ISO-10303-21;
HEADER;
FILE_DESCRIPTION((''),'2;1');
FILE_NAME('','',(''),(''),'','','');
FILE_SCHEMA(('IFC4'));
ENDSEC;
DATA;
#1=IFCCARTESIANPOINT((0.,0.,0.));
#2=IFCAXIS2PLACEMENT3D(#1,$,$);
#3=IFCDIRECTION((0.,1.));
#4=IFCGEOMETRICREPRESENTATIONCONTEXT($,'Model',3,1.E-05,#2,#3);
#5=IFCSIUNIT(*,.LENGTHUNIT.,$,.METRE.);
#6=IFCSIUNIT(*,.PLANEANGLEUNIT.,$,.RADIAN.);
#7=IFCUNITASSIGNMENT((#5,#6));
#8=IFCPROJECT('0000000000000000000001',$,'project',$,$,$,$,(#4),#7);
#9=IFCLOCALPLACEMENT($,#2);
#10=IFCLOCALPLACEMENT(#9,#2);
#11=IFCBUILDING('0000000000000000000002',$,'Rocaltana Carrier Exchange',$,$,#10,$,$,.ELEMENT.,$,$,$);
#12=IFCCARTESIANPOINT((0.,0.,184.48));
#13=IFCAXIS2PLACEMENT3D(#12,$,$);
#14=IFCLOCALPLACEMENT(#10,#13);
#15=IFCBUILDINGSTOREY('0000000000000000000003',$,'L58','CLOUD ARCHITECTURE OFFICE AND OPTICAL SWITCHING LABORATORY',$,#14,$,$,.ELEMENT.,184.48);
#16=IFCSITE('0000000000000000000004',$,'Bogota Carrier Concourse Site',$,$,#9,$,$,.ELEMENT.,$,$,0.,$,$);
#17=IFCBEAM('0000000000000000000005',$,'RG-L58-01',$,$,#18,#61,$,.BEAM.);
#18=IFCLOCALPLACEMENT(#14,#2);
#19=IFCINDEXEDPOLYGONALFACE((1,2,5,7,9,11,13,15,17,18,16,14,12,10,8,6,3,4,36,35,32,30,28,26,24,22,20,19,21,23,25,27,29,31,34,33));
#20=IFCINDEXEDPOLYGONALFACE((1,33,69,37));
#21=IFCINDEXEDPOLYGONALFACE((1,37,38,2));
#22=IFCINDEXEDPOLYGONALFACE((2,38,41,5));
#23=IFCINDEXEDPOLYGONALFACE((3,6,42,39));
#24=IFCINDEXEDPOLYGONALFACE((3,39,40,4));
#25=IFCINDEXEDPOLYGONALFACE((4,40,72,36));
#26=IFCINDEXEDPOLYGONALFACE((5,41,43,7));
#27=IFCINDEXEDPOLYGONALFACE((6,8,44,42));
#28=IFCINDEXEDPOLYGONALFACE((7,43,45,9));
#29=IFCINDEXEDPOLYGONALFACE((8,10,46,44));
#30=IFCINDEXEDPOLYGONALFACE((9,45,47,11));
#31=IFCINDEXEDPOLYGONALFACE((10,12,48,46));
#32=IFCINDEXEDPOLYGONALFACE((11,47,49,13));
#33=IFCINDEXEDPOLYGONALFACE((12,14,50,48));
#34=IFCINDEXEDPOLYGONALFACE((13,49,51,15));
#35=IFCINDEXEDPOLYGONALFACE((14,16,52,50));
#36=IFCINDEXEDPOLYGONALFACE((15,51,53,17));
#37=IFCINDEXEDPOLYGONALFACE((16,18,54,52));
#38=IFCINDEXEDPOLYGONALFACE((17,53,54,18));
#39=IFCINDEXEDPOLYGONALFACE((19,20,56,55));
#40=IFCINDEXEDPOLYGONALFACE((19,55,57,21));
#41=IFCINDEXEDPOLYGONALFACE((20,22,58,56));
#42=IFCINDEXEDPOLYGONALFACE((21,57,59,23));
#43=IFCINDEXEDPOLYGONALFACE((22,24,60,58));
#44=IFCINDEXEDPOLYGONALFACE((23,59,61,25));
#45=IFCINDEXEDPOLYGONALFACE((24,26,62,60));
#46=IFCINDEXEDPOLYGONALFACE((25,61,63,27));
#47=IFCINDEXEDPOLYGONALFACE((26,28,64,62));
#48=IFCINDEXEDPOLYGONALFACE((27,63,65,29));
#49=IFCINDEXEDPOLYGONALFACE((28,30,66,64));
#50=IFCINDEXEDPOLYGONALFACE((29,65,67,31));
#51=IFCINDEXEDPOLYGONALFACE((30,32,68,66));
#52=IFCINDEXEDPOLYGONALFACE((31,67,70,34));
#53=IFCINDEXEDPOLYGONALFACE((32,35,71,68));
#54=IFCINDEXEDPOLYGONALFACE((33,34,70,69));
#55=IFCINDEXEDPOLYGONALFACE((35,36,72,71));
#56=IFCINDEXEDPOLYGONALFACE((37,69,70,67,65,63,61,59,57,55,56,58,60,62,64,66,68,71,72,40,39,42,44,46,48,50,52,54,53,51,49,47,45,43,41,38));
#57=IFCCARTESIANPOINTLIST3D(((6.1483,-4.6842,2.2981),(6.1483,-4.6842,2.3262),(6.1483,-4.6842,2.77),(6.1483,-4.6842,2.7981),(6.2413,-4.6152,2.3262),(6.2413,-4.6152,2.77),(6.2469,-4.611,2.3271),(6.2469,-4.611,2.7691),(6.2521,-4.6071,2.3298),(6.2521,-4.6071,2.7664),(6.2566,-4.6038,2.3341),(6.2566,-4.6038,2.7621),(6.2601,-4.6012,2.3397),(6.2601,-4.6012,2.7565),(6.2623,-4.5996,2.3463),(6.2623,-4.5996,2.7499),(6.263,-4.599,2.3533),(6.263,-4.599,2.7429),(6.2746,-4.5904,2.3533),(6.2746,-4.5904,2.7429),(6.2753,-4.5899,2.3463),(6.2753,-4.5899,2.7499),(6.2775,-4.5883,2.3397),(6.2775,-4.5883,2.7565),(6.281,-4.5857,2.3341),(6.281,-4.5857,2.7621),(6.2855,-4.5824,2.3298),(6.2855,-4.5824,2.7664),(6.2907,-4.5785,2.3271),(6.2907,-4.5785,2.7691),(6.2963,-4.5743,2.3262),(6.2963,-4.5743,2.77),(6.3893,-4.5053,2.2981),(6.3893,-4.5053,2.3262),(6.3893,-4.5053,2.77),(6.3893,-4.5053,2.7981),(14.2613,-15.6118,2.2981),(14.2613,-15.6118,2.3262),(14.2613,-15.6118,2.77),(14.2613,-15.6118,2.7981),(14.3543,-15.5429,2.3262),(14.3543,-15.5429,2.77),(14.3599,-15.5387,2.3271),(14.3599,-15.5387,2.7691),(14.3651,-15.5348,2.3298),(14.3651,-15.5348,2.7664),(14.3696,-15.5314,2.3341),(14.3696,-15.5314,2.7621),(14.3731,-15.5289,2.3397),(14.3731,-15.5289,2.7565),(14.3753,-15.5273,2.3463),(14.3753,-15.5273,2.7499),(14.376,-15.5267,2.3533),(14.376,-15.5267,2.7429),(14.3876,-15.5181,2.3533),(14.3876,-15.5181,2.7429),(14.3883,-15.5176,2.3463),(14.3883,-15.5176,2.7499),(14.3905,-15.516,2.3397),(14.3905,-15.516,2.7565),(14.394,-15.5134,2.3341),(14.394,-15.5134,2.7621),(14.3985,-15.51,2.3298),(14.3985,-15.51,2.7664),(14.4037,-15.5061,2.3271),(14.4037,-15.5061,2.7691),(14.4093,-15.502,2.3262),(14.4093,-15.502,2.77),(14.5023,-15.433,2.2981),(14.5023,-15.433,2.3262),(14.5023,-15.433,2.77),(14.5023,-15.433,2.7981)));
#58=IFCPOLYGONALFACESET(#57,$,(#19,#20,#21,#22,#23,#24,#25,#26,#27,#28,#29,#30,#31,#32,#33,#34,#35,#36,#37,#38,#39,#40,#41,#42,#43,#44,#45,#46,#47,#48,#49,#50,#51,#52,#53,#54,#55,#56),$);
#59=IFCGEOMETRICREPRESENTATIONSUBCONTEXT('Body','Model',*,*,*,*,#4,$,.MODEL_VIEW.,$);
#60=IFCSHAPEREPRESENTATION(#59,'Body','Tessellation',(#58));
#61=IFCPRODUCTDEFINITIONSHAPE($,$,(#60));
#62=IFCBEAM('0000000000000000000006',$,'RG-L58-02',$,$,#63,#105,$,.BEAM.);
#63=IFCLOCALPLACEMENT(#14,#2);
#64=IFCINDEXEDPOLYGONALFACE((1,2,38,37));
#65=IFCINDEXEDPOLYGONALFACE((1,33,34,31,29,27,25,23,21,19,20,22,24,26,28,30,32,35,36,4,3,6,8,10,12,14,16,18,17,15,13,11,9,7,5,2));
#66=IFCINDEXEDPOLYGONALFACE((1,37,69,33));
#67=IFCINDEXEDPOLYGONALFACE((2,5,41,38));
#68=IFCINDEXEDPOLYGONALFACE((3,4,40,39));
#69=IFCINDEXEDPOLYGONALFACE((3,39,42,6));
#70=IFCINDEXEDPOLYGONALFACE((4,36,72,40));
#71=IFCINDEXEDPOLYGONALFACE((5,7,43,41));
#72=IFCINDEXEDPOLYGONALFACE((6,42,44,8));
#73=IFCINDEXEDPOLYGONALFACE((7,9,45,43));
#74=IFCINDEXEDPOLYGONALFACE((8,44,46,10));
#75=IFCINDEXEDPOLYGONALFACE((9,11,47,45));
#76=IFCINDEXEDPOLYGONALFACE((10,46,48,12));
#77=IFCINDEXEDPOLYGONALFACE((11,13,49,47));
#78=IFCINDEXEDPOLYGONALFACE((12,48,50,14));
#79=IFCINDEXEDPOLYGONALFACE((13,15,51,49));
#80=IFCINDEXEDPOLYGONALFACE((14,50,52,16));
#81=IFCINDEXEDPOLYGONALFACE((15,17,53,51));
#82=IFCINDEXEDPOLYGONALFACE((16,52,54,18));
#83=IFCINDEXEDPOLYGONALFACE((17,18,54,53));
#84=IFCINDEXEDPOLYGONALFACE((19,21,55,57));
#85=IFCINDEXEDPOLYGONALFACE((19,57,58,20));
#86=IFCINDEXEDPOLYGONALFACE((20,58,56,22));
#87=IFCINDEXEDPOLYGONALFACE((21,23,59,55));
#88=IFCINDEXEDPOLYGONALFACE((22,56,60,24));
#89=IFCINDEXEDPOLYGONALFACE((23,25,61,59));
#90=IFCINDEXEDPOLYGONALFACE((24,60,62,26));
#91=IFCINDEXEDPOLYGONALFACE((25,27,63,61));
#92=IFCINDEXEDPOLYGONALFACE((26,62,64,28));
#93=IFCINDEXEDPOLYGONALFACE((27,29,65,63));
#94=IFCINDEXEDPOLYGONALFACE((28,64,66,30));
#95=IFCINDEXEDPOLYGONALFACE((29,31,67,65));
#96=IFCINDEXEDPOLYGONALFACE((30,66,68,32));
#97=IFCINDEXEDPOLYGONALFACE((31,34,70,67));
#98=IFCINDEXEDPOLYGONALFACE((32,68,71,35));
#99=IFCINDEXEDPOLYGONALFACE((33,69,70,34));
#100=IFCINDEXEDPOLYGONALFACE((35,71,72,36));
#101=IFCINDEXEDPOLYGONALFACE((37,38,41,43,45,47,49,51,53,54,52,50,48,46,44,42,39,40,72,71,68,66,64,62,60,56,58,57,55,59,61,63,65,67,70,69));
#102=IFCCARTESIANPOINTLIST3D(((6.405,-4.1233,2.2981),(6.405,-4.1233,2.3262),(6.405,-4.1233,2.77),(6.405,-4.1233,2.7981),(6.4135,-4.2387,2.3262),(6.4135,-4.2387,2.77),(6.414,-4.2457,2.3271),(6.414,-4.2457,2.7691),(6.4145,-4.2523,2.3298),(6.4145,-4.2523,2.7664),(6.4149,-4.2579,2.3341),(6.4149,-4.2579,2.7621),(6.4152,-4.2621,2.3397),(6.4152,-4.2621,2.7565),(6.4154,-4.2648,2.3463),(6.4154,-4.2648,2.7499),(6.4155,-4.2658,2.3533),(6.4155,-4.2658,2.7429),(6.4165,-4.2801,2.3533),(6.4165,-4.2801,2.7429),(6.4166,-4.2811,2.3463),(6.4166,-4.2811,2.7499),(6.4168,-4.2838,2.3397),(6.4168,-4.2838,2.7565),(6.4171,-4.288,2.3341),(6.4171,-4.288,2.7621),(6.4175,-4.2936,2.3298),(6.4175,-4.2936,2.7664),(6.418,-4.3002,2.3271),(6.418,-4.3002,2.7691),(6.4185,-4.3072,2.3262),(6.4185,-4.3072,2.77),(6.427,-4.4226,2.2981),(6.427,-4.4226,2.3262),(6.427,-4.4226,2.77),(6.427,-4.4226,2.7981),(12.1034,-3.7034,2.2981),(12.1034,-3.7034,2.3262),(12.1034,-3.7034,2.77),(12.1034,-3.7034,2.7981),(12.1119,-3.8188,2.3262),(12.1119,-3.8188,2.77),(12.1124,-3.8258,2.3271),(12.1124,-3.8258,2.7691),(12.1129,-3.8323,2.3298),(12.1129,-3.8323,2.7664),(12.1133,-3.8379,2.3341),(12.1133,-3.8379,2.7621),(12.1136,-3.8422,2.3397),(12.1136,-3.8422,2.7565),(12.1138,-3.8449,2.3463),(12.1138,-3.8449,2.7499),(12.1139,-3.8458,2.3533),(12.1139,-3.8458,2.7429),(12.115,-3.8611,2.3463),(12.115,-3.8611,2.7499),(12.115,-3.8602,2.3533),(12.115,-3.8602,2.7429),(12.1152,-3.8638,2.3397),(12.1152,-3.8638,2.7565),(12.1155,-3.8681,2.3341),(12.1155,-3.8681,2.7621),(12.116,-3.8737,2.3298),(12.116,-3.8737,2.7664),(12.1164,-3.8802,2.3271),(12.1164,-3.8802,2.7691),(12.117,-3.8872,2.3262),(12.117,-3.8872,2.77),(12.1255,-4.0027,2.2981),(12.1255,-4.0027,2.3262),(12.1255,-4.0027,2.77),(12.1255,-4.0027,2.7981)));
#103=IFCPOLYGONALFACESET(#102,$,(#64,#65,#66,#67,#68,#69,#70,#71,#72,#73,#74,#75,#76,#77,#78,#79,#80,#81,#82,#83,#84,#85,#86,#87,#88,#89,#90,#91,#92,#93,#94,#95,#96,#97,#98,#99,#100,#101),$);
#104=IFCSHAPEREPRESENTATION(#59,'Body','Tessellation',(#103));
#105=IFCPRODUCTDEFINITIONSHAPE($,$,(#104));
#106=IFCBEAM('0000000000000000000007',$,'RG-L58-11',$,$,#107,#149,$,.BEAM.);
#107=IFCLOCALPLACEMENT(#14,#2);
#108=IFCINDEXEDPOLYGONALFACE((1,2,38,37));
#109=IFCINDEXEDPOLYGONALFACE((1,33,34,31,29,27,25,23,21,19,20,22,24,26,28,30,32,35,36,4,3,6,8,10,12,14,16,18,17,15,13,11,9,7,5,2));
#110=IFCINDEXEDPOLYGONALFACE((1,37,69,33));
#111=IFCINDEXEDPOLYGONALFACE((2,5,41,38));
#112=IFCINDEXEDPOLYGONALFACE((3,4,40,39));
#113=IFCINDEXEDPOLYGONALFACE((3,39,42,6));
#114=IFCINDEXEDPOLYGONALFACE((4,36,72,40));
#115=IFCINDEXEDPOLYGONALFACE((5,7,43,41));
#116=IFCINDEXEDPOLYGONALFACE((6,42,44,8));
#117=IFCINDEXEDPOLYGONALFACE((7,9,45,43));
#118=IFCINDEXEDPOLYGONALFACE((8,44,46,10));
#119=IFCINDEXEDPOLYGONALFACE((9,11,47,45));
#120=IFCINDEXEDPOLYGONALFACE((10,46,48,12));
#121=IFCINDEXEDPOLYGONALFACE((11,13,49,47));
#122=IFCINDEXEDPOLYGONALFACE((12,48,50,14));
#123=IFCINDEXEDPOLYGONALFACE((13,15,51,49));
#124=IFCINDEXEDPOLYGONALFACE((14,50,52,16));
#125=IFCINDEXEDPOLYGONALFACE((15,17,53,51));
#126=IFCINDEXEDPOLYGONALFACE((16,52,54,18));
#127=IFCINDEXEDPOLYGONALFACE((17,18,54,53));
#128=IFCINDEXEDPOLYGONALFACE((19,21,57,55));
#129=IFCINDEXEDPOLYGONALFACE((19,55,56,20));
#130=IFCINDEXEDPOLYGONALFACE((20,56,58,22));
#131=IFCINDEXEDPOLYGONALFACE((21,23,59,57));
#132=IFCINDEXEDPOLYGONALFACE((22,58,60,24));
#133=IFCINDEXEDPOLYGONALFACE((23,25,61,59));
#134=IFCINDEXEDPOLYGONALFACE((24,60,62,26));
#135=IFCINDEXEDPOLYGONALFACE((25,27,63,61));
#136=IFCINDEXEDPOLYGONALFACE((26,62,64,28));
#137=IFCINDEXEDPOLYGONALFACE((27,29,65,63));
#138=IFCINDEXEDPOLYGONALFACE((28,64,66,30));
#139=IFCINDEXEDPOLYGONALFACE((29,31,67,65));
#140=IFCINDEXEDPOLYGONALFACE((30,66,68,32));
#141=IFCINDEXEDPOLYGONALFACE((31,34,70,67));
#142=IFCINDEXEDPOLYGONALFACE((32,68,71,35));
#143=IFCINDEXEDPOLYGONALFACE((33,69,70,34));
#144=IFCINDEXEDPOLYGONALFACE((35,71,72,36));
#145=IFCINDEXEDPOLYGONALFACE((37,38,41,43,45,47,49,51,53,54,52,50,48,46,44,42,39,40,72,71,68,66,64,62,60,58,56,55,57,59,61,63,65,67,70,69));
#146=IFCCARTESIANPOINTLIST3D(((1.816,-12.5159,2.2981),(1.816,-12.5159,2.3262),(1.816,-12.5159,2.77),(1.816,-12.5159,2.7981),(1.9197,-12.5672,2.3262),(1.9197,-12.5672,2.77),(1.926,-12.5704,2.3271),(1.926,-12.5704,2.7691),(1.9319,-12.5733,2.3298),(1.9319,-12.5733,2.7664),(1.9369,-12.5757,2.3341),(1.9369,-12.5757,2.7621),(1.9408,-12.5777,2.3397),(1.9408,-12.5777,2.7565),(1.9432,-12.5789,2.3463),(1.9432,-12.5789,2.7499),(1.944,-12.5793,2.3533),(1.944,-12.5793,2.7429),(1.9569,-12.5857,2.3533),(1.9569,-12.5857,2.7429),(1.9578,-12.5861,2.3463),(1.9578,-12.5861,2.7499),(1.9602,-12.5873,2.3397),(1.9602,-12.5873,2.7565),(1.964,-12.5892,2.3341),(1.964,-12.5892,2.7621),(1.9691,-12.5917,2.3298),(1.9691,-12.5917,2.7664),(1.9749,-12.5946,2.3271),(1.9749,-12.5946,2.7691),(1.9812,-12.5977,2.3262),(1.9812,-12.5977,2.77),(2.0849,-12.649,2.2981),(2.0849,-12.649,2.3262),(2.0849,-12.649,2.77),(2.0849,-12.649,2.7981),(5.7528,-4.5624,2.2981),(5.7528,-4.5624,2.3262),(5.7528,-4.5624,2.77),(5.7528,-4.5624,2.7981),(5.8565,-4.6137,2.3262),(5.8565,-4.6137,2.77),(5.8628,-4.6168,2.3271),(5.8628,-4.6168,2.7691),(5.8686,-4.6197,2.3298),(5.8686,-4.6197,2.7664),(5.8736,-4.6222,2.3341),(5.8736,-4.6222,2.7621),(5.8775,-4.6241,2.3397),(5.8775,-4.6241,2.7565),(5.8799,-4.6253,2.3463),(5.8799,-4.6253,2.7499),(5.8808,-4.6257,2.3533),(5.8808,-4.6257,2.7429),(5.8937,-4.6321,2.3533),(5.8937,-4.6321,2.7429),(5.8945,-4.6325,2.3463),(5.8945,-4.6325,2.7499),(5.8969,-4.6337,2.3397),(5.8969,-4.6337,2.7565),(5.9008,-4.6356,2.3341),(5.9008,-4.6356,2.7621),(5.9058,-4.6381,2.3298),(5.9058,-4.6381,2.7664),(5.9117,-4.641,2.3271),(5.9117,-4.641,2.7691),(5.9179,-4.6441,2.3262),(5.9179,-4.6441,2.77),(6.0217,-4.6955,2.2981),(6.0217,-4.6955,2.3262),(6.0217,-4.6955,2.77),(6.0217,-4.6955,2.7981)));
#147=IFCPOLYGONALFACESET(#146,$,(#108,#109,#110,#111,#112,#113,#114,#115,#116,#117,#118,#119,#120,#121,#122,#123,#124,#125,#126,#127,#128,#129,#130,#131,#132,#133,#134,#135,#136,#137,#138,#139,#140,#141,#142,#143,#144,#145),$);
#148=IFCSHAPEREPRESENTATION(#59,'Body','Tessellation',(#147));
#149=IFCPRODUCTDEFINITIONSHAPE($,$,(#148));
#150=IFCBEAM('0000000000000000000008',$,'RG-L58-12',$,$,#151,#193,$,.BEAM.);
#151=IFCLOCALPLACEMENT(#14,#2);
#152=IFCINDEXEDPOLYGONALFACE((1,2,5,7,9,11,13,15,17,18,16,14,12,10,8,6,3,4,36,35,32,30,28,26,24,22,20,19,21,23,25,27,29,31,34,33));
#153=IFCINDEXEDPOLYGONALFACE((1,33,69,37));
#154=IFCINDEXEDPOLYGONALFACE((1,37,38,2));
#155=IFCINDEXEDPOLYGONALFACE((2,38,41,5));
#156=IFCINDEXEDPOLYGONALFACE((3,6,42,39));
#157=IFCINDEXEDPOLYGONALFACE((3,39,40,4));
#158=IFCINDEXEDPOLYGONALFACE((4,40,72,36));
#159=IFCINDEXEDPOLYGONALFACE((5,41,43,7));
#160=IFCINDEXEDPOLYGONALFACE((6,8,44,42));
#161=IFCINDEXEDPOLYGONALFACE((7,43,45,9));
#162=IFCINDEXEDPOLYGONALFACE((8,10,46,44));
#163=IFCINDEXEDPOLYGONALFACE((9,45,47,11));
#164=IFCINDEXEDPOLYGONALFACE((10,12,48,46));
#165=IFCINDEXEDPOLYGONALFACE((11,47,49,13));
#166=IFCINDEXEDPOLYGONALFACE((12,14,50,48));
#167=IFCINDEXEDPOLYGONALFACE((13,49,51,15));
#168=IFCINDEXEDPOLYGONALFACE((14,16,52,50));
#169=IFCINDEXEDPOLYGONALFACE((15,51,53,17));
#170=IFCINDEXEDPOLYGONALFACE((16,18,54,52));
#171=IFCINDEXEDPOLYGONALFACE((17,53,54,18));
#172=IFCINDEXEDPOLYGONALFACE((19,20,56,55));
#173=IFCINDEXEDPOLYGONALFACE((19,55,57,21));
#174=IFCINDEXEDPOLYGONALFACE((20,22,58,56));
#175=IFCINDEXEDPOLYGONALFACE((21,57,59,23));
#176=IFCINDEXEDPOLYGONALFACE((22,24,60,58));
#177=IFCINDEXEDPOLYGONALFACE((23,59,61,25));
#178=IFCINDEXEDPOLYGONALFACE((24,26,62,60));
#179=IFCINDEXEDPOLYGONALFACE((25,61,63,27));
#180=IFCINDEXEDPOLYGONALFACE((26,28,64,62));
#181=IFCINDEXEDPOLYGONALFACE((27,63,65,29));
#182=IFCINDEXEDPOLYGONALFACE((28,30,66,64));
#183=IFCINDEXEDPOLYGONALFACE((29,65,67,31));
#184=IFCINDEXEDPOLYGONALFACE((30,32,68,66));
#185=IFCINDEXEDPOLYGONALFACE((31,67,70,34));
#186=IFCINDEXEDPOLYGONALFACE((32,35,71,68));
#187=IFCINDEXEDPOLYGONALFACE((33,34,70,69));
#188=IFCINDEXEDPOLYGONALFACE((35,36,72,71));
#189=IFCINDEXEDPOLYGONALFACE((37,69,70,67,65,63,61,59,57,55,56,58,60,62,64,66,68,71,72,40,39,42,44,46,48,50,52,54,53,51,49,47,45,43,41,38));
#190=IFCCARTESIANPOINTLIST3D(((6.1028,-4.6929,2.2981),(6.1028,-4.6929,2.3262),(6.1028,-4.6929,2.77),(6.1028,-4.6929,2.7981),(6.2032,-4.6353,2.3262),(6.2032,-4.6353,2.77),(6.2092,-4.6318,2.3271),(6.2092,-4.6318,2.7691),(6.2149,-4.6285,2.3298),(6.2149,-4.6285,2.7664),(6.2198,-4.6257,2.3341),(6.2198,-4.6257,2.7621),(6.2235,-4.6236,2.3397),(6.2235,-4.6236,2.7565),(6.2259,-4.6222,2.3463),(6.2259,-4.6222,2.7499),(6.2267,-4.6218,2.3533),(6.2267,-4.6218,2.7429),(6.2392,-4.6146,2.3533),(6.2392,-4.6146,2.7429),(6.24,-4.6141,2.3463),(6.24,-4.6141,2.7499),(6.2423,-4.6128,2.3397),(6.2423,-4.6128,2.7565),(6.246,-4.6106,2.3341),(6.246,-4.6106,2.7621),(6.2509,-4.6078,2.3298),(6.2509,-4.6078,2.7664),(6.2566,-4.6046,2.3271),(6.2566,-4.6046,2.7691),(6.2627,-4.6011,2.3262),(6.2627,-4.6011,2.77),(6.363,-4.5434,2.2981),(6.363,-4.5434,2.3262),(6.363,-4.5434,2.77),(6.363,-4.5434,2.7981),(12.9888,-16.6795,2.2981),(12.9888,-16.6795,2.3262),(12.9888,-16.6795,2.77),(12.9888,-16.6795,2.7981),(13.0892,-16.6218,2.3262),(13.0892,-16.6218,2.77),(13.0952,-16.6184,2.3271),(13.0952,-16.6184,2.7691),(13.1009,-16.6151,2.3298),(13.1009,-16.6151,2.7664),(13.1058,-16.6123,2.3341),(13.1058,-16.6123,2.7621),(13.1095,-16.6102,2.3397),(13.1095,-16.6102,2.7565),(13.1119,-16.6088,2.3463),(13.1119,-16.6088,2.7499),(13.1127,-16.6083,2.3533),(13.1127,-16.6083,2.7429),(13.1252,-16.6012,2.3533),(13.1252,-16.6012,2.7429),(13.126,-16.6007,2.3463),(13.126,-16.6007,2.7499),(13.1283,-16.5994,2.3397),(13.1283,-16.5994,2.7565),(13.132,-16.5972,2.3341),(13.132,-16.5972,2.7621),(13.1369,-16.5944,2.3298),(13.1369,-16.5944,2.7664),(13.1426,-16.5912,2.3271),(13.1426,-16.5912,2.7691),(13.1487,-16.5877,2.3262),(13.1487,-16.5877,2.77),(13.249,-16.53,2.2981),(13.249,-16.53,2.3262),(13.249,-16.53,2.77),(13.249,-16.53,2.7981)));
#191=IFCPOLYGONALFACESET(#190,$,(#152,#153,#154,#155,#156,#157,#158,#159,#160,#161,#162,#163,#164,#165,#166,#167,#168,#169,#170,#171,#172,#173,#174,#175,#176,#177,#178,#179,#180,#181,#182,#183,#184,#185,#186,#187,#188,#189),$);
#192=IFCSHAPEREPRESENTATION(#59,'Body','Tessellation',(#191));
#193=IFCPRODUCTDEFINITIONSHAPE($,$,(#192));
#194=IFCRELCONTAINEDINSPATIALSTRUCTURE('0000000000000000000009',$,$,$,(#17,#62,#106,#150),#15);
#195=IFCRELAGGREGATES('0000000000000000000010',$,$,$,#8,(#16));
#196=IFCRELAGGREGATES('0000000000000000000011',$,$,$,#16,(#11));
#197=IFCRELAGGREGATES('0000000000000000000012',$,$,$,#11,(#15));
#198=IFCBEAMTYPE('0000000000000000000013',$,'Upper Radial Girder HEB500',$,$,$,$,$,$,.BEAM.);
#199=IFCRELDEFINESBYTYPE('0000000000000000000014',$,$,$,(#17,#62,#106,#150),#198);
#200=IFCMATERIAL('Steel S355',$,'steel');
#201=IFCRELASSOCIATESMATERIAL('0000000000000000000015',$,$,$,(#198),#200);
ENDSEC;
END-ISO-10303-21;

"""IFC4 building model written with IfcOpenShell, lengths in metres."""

from ifc_helpers import new_model, si_unit, direction, frame, origin, origin_2d, place, context, subcontext, project, spatial, i_section, extrude, material, material_profile, profile_set, type_object, element, save


model = new_model("IFC4")

# Units and contexts
model_context = context("Model", 3, precision=1e-05, world=origin(), true_north=direction((0.0, 1.0)))
body_context = subcontext(model_context, "Body", "Model", "MODEL_VIEW")
ifc_project = project(units=[si_unit("LENGTHUNIT", "METRE"), si_unit("PLANEANGLEUNIT", "RADIAN")], contexts=[model_context])

# Site, building, storey
site_placement = place(None, origin())
site = spatial("IfcSite", under=ifc_project, at=site_placement, Name="Bogota Carrier Concourse Site", CompositionType="ELEMENT", RefElevation=0.0)
building_placement = place(site_placement, origin())
building = spatial("IfcBuilding", under=site, at=building_placement, Name="Rocaltana Carrier Exchange", CompositionType="ELEMENT")
storey_placement = place(building_placement, frame((0.0, 0.0, 184.48)))
storey = spatial("IfcBuildingStorey", under=building, at=storey_placement, Name="L58", Description="CLOUD ARCHITECTURE OFFICE AND OPTICAL SWITCHING LABORATORY", CompositionType="ELEMENT", Elevation=184.48)

# Beams
ifc_material_1 = material(Name="Steel S355", Category="steel")
ifc_material_profile_1 = material_profile(ifc_material_1, i_section(OverallWidth=0.3, OverallDepth=0.5, WebThickness=0.0144, FlangeThickness=0.0281, FilletRadius=0.0271, at=origin_2d()), Name="HEB500")
ifc_profile_set_1 = profile_set([ifc_material_profile_1], Name="Steel S355")
beam_type_1 = type_object("IfcBeamType", Name="Upper Radial Girder HEB500", PredefinedType="BEAM", material=ifc_profile_set_1)
beam_1_placement = place(storey_placement, frame((6.2688, -4.5947, 2.5481), z_axis=(0.596101, -0.802909, 0.0), x_axis=(0.802909, 0.596101, 0.0)))
element("IfcBeam", 1, at=beam_1_placement, inside=storey, type_object=beam_type_1, Name="RG-L58-01", PredefinedType="BEAM", context=body_context, shape_type="SweptSolid", body=[
    extrude(i_section(OverallWidth=0.3, OverallDepth=0.5, WebThickness=0.0144, FlangeThickness=0.0281, FilletRadius=0.0271, at=origin_2d()), origin(), (0.0, 0.0, 1.0), 13.6101),
])
beam_2_placement = place(storey_placement, frame((6.416, -4.2729, 2.5481), z_axis=(0.997296, 0.073491, 0.0), x_axis=(-0.073491, 0.997296, 0.0)))
element("IfcBeam", 2, at=beam_2_placement, inside=storey, type_object=beam_type_1, Name="RG-L58-02", PredefinedType="BEAM", context=body_context, shape_type="SweptSolid", body=[
    extrude(i_section(OverallWidth=0.3, OverallDepth=0.5, WebThickness=0.0144, FlangeThickness=0.0281, FilletRadius=0.0271, at=origin_2d()), origin(), (0.0, 0.0, 1.0), 5.7139),
])
beam_3_placement = place(storey_placement, frame((5.8872, -4.6289, 2.5481), z_axis=(-0.443601, -0.896225, 0.0), x_axis=(0.896225, -0.443601, 0.0)))
element("IfcBeam", 3, at=beam_3_placement, inside=storey, type_object=beam_type_1, Name="RG-L58-11", PredefinedType="BEAM", context=body_context, shape_type="SweptSolid", body=[
    extrude(i_section(OverallWidth=0.3, OverallDepth=0.5, WebThickness=0.0144, FlangeThickness=0.0281, FilletRadius=0.0271, at=origin_2d()), origin(), (0.0, 0.0, 1.0), 8.8745),
])
beam_4_placement = place(storey_placement, frame((6.2329, -4.6182, 2.5481), z_axis=(0.498129, -0.867103, 0.0), x_axis=(0.867103, 0.498129, 0.0)))
element("IfcBeam", 4, at=beam_4_placement, inside=storey, type_object=beam_type_1, Name="RG-L58-12", PredefinedType="BEAM", context=body_context, shape_type="SweptSolid", body=[
    extrude(i_section(OverallWidth=0.3, OverallDepth=0.5, WebThickness=0.0144, FlangeThickness=0.0281, FilletRadius=0.0271, at=origin_2d()), origin(), (0.0, 0.0, 1.0), 13.8237),
])

save(model, "model.ifc")
